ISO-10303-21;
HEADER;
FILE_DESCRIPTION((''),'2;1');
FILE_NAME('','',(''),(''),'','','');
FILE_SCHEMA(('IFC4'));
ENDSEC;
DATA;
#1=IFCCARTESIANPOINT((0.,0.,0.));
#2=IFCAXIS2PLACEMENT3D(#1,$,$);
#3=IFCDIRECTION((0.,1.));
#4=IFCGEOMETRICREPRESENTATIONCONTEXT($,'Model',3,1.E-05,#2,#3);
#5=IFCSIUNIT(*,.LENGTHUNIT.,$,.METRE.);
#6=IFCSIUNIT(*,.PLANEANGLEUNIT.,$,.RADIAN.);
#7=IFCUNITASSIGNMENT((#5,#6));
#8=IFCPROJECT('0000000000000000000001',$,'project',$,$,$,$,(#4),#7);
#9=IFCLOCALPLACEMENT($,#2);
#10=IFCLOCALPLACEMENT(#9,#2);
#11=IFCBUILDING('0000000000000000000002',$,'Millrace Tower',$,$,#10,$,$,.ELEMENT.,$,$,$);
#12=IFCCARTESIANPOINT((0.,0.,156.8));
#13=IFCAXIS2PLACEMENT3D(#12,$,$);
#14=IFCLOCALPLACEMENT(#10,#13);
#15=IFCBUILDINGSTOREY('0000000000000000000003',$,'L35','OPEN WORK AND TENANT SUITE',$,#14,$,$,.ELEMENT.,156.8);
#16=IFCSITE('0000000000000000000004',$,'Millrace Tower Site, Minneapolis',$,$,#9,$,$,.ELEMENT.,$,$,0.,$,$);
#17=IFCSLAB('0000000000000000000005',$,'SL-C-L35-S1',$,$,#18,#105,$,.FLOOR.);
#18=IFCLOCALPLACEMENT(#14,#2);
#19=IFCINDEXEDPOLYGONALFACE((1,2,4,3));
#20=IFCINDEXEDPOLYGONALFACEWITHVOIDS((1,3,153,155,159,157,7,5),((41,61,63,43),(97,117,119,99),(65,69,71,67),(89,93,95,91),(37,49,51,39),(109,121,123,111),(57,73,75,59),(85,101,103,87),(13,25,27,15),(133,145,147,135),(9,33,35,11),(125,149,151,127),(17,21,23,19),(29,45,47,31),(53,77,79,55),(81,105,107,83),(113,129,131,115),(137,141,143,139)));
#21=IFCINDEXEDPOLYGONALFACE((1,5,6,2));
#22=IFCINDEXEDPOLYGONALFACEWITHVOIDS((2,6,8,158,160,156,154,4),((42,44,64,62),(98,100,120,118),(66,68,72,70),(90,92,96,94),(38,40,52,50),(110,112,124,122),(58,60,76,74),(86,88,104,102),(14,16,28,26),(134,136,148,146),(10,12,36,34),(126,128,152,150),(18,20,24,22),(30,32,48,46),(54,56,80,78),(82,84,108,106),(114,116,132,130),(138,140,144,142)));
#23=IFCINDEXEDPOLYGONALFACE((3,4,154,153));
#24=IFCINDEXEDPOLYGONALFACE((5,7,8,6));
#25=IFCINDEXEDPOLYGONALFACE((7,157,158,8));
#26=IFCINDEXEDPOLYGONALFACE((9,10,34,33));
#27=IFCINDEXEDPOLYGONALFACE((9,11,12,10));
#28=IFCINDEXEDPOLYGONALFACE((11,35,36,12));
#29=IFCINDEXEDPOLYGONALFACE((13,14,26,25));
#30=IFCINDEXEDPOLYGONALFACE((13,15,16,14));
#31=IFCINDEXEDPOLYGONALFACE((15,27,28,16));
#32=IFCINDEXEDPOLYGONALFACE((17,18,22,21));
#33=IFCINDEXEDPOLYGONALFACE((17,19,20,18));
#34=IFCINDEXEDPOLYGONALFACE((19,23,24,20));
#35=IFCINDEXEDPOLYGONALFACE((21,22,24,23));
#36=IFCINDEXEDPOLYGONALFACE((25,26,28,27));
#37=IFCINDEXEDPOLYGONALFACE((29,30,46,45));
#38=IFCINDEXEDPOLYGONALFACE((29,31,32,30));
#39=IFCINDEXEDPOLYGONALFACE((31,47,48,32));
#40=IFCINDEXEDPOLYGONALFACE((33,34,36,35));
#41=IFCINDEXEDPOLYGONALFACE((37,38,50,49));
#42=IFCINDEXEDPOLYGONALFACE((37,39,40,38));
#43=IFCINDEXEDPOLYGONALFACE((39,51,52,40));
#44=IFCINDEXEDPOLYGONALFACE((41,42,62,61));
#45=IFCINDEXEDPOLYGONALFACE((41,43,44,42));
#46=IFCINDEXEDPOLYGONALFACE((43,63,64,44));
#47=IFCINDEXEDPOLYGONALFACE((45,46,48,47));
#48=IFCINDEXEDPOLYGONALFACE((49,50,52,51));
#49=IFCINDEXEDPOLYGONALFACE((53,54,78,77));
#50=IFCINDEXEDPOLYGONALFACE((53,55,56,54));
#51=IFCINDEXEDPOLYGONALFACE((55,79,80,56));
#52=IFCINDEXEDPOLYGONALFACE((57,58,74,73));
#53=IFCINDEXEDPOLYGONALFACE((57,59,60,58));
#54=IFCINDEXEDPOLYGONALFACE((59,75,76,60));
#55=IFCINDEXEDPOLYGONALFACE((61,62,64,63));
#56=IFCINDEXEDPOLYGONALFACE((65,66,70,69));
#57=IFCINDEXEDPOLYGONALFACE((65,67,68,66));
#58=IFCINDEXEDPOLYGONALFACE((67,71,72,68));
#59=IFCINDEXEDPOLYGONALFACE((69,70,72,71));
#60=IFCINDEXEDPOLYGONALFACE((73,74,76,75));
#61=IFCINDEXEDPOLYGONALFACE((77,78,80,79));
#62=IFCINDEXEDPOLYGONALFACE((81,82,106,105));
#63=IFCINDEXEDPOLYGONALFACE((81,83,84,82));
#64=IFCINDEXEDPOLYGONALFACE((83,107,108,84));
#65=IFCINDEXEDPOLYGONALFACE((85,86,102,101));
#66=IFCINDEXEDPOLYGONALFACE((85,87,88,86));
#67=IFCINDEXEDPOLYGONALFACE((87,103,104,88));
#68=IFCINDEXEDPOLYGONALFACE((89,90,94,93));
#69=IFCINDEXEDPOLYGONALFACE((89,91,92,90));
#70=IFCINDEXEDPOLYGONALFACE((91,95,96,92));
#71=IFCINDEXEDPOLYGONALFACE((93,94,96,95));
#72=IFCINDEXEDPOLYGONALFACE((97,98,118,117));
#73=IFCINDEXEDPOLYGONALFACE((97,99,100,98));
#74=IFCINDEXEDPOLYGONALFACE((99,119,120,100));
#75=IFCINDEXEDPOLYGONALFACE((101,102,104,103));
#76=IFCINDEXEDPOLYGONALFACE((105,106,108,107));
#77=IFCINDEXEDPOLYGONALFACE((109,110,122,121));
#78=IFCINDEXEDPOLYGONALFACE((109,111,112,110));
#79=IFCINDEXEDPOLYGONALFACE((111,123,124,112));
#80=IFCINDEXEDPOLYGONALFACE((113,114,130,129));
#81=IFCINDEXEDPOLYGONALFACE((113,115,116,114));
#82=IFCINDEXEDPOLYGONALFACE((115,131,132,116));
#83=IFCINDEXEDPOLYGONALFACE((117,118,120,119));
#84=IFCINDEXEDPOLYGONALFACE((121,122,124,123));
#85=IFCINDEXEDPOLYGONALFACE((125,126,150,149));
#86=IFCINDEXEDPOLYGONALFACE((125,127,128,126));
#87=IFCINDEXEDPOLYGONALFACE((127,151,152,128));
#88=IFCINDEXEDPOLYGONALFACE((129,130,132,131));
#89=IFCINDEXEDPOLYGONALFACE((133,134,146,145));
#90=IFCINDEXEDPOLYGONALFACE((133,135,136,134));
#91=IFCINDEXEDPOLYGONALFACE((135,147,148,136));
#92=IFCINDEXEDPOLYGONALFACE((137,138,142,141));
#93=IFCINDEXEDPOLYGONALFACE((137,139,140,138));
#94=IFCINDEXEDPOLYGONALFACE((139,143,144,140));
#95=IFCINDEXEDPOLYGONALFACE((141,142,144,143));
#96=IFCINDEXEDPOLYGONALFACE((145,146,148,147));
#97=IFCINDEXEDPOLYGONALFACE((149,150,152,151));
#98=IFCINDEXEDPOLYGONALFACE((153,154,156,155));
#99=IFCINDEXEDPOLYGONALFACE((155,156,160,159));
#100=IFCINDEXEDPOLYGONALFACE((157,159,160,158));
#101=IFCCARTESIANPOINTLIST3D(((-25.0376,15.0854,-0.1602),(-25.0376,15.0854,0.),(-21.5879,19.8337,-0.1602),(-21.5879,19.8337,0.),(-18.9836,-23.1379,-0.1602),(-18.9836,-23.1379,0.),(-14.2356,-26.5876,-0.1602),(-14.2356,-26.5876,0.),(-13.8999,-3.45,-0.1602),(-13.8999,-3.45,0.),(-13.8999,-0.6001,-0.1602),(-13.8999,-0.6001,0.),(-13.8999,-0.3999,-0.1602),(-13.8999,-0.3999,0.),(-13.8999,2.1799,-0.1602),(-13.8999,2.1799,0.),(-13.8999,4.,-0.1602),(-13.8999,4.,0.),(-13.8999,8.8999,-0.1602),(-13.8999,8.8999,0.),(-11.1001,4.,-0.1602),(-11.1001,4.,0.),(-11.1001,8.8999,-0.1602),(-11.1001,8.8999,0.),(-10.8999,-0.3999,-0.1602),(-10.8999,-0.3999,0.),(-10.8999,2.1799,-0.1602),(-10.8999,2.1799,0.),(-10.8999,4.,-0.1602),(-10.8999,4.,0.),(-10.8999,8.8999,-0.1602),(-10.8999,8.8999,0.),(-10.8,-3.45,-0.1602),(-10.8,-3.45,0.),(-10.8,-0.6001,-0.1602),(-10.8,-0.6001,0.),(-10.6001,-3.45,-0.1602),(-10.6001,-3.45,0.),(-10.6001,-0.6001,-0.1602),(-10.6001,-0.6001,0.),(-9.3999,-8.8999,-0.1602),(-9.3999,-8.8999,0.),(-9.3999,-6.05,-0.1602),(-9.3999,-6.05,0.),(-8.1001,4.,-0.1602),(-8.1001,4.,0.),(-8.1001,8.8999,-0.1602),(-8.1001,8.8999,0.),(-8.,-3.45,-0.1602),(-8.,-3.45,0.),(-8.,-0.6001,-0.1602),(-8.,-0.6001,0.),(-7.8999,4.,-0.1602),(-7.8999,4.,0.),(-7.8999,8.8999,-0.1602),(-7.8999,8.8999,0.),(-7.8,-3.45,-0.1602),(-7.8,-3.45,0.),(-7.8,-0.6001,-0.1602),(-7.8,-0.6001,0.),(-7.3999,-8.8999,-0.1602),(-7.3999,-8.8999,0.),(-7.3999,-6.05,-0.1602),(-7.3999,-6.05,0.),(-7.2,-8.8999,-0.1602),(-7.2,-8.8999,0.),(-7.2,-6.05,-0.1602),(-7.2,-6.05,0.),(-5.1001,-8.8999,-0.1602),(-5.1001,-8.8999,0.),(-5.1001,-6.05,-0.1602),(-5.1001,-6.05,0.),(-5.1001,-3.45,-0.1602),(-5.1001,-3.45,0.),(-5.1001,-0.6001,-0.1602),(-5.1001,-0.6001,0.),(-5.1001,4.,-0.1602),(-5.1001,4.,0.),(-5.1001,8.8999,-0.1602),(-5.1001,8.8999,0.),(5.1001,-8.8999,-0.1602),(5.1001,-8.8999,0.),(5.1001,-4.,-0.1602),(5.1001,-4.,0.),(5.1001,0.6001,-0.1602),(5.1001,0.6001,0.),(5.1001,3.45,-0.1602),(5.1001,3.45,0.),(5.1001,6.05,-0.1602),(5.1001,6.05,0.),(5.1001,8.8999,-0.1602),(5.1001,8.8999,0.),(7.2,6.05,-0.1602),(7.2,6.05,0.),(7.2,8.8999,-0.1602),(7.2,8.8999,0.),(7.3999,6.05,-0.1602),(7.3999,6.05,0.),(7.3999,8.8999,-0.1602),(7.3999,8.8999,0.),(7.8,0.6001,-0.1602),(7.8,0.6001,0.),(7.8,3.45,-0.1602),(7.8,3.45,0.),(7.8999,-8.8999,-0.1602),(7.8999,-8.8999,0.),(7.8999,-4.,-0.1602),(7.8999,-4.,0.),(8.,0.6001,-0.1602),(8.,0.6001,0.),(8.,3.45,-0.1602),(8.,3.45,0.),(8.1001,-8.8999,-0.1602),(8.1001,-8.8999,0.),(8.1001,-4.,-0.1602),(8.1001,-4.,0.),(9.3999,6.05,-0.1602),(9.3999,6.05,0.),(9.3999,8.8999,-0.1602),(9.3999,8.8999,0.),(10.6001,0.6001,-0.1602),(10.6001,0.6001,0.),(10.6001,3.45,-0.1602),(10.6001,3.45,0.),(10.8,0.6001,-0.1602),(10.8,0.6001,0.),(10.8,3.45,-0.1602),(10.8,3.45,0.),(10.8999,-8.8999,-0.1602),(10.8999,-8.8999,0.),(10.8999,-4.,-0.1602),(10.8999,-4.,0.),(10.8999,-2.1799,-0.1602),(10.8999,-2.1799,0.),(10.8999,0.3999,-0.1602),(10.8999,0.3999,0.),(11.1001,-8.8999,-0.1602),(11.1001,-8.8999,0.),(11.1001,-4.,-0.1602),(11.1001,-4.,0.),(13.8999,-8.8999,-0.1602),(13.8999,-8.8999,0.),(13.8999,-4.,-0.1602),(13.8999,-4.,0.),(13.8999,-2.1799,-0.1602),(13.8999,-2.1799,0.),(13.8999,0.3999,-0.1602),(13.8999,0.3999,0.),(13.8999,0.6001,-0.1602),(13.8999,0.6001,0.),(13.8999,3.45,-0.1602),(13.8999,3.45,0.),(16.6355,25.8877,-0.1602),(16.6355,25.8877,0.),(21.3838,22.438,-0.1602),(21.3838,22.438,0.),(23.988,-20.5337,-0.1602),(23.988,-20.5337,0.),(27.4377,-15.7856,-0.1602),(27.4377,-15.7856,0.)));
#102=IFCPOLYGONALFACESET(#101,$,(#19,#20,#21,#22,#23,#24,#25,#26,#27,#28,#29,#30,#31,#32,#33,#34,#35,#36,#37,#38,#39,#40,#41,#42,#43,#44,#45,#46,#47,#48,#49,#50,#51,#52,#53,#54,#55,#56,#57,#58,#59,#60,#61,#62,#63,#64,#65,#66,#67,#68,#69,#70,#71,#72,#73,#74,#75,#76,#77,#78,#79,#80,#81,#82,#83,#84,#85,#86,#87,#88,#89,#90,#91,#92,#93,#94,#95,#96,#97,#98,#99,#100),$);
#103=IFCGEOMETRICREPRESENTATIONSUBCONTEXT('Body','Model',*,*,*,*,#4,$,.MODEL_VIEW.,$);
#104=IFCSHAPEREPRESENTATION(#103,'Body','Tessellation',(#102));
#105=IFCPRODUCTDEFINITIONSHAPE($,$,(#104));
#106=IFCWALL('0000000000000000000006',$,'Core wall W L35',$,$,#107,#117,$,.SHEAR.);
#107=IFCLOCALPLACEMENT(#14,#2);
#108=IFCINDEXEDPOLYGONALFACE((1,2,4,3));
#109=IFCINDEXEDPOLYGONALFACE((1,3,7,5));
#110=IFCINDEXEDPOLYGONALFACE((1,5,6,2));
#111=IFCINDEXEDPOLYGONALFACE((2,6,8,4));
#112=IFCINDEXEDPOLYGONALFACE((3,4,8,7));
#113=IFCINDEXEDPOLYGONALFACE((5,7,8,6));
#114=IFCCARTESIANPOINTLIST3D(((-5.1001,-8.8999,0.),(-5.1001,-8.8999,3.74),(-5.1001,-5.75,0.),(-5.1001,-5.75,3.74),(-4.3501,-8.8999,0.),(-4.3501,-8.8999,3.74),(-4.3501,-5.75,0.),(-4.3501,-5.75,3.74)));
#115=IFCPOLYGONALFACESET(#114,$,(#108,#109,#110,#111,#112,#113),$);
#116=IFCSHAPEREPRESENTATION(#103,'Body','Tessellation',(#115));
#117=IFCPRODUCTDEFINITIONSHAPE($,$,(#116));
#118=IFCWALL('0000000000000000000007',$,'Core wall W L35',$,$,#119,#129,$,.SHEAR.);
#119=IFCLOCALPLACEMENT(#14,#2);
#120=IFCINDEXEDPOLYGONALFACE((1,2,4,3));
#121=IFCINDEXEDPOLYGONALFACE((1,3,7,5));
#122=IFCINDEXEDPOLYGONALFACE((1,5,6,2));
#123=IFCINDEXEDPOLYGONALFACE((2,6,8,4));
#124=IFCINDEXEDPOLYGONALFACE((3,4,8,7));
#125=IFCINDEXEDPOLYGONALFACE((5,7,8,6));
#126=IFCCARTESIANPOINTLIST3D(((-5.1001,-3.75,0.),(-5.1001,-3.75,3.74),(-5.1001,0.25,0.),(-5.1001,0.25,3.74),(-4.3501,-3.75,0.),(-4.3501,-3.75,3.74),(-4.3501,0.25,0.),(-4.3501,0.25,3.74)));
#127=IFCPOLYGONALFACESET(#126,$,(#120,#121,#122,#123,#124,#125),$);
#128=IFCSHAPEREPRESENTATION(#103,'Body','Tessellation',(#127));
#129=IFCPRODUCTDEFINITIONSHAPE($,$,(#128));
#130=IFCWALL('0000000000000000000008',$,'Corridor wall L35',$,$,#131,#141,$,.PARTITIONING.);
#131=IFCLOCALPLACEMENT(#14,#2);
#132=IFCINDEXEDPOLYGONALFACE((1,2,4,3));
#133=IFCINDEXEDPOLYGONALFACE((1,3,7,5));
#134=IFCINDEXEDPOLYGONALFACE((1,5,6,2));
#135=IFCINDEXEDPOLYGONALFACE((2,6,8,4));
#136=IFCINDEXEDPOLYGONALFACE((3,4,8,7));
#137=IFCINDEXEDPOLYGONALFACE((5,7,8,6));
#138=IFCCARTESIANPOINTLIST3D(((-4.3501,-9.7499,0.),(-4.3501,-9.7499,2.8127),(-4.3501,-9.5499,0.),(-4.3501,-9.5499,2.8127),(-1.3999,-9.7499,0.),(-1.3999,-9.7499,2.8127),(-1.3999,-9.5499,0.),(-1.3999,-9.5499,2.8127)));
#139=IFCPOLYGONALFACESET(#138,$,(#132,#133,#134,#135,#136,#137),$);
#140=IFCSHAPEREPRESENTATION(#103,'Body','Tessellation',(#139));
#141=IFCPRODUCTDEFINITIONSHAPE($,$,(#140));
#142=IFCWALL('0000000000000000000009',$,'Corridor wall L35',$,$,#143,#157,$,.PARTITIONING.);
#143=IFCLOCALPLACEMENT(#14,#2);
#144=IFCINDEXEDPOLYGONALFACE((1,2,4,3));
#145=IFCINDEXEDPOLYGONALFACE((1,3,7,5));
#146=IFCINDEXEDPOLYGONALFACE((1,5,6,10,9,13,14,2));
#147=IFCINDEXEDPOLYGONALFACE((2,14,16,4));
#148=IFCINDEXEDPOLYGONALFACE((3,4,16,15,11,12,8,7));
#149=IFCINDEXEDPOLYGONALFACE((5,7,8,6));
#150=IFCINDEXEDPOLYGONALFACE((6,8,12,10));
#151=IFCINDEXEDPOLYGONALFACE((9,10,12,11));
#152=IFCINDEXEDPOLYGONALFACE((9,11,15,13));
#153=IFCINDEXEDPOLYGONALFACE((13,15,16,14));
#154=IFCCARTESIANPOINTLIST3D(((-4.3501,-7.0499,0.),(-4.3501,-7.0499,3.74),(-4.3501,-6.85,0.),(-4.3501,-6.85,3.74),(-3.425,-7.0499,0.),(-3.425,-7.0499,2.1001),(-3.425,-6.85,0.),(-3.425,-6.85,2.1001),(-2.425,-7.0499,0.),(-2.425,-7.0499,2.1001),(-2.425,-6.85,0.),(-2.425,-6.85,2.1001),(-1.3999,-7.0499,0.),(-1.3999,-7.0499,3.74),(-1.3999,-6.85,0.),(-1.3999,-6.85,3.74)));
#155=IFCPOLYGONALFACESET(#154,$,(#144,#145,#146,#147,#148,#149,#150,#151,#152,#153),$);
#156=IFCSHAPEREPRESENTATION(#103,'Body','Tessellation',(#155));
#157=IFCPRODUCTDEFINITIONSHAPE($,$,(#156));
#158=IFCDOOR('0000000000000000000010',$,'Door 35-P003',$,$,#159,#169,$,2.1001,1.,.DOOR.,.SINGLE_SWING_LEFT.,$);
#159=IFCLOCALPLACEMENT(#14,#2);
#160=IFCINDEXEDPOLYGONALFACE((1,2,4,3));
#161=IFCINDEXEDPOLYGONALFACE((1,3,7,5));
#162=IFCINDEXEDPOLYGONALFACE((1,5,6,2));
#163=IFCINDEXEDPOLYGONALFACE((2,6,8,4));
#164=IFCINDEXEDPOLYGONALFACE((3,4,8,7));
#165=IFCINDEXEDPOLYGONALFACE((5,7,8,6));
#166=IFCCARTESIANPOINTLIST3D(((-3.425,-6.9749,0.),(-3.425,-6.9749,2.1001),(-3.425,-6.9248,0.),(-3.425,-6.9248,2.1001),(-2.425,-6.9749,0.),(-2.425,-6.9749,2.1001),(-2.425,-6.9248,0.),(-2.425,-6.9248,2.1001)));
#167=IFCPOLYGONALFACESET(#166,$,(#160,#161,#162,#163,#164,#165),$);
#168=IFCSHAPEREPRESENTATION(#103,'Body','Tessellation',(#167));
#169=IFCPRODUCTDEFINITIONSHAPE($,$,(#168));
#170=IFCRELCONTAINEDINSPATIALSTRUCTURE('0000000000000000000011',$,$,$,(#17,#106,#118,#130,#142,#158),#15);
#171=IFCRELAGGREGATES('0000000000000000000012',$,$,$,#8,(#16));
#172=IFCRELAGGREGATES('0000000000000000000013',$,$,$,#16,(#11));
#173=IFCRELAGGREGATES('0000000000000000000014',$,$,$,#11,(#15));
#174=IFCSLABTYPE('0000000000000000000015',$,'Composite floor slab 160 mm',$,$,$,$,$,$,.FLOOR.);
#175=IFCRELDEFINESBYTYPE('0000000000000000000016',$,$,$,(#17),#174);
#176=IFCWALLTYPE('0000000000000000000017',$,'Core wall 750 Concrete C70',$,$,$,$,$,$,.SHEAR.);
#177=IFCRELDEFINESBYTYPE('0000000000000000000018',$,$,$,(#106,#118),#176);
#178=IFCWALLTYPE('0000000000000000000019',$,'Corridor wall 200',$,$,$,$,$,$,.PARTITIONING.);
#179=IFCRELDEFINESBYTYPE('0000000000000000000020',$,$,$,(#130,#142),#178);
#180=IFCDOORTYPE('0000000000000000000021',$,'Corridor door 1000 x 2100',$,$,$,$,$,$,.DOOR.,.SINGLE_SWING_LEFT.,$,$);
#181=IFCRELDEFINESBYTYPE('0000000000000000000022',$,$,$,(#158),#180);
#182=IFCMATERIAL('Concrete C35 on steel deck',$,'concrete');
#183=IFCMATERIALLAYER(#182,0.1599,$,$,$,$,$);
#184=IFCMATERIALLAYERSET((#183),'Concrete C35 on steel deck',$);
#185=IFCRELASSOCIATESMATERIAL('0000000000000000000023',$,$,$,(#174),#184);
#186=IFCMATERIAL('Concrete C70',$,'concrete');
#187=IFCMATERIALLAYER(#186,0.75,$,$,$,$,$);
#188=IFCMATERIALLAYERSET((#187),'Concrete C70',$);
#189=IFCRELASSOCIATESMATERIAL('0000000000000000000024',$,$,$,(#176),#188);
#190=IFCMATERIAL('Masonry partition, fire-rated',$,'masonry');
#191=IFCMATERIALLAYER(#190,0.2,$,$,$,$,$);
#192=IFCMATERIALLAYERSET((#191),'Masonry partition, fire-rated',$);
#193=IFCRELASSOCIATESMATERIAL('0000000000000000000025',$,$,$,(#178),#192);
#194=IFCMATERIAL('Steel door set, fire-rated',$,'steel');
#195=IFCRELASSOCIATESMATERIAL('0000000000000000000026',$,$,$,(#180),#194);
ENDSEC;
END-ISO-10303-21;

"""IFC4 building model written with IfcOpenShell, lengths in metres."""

from ifc_helpers import new_model, si_unit, direction, frame, frame_2d, origin, place, context, subcontext, project, spatial, polyline, rectangle, outline, extrude, material, layer, layer_set, type_object, element, fill, save


model = new_model("IFC4")

# Units and contexts
model_context = context("Model", 3, precision=1e-05, world=origin(), true_north=direction((0.0, 1.0)))
body_context = subcontext(model_context, "Body", "Model", "MODEL_VIEW")
ifc_project = project(units=[si_unit("LENGTHUNIT", "METRE"), si_unit("PLANEANGLEUNIT", "RADIAN")], contexts=[model_context])

# Site, building, storey
site_placement = place(None, origin())
site = spatial("IfcSite", under=ifc_project, at=site_placement, Name="Millrace Tower Site, Minneapolis", CompositionType="ELEMENT", RefElevation=0.0)
building_placement = place(site_placement, origin())
building = spatial("IfcBuilding", under=site, at=building_placement, Name="Millrace Tower", CompositionType="ELEMENT")
storey_placement = place(building_placement, frame((0.0, 0.0, 156.8)))
storey = spatial("IfcBuildingStorey", under=building, at=storey_placement, Name="L35", Description="OPEN WORK AND TENANT SUITE", CompositionType="ELEMENT", Elevation=156.8)

# Slab
ifc_material_1 = material(Name="Concrete C35 on steel deck", Category="concrete")
ifc_layer_1 = layer(ifc_material_1, 0.1599)
ifc_layer_set_1 = layer_set([ifc_layer_1], Name="Concrete C35 on steel deck")
slab_type = type_object("IfcSlabType", Name="Composite floor slab 160 mm", PredefinedType="FLOOR", material=ifc_layer_set_1)
slab_placement = place(storey_placement, frame((0.0, 0.0, -0.1602)))
element("IfcSlab", 1, at=slab_placement, inside=storey, type_object=slab_type, Name="SL-C-L35-S1", PredefinedType="FLOOR", context=body_context, shape_type="SweptSolid", body=[
    extrude(outline(polyline([(-18.9836, -23.1379), (-14.2356, -26.5876), (23.988, -20.5337), (27.4377, -15.7856), (21.3838, 22.438), (16.6355, 25.8877), (-21.5879, 19.8337), (-25.0376, 15.0854), (-18.9836, -23.1379)]), holes=[polyline([(-9.3999, -8.8999), (-7.3999, -8.8999), (-7.3999, -6.05), (-9.3999, -6.05), (-9.3999, -8.8999)]), polyline([(-7.2, -8.8999), (-5.1001, -8.8999), (-5.1001, -6.05), (-7.2, -6.05), (-7.2, -8.8999)]), polyline([(-13.8999, -3.45), (-10.8, -3.45), (-10.8, -0.6001), (-13.8999, -0.6001), (-13.8999, -3.45)]), polyline([(-10.6001, -3.45), (-8.0, -3.45), (-8.0, -0.6001), (-10.6001, -0.6001), (-10.6001, -3.45)]), polyline([(-7.8, -3.45), (-5.1001, -3.45), (-5.1001, -0.6001), (-7.8, -0.6001), (-7.8, -3.45)]), polyline([(-13.8999, -0.3999), (-10.8999, -0.3999), (-10.8999, 2.1799), (-13.8999, 2.1799), (-13.8999, -0.3999)]), polyline([(-13.8999, 4.0), (-11.1001, 4.0), (-11.1001, 8.8999), (-13.8999, 8.8999), (-13.8999, 4.0)]), polyline([(-10.8999, 4.0), (-8.1001, 4.0), (-8.1001, 8.8999), (-10.8999, 8.8999), (-10.8999, 4.0)]), polyline([(-7.8999, 4.0), (-5.1001, 4.0), (-5.1001, 8.8999), (-7.8999, 8.8999), (-7.8999, 4.0)]), polyline([(7.3999, 6.05), (9.3999, 6.05), (9.3999, 8.8999), (7.3999, 8.8999), (7.3999, 6.05)]), polyline([(5.1001, 6.05), (7.2, 6.05), (7.2, 8.8999), (5.1001, 8.8999), (5.1001, 6.05)]), polyline([(10.8, 0.6001), (13.8999, 0.6001), (13.8999, 3.45), (10.8, 3.45), (10.8, 0.6001)]), polyline([(8.0, 0.6001), (10.6001, 0.6001), (10.6001, 3.45), (8.0, 3.45), (8.0, 0.6001)]), polyline([(5.1001, 0.6001), (7.8, 0.6001), (7.8, 3.45), (5.1001, 3.45), (5.1001, 0.6001)]), polyline([(10.8999, -2.1799), (13.8999, -2.1799), (13.8999, 0.3999), (10.8999, 0.3999), (10.8999, -2.1799)]), polyline([(11.1001, -8.8999), (13.8999, -8.8999), (13.8999, -4.0), (11.1001, -4.0), (11.1001, -8.8999)]), polyline([(8.1001, -8.8999), (10.8999, -8.8999), (10.8999, -4.0), (8.1001, -4.0), (8.1001, -8.8999)]), polyline([(5.1001, -8.8999), (7.8999, -8.8999), (7.8999, -4.0), (5.1001, -4.0), (5.1001, -8.8999)])]), origin(), (0.0, 0.0, 1.0), 0.1602),
])

# Walls
ifc_material_2 = material(Name="Concrete C70", Category="concrete")
ifc_layer_2 = layer(ifc_material_2, 0.75)
ifc_layer_set_2 = layer_set([ifc_layer_2], Name="Concrete C70")
wall_type_1 = type_object("IfcWallType", Name="Core wall 750 Concrete C70", PredefinedType="SHEAR", material=ifc_layer_set_2)
wall_1_placement = place(storey_placement, frame((-4.7251, -8.8999, 0.0), z_axis=(0.0, 0.0, 1.0), x_axis=(0.0, 1.0, 0.0)))
element("IfcWall", 2, at=wall_1_placement, inside=storey, type_object=wall_type_1, Name="Core wall W L35", PredefinedType="SHEAR", context=body_context, shape_type="SweptSolid", body=[
    extrude(rectangle(XDim=3.1499, YDim=0.75, at=frame_2d((1.575, 0.0))), origin(), (0.0, 0.0, 1.0), 3.74),
])
wall_2_placement = place(storey_placement, frame((-4.7251, -3.75, 0.0), z_axis=(0.0, 0.0, 1.0), x_axis=(0.0, 1.0, 0.0)))
element("IfcWall", 3, at=wall_2_placement, inside=storey, type_object=wall_type_1, Name="Core wall W L35", PredefinedType="SHEAR", context=body_context, shape_type="SweptSolid", body=[
    extrude(rectangle(XDim=4.0, YDim=0.75, at=frame_2d((2.0, 0.0))), origin(), (0.0, 0.0, 1.0), 3.74),
])
ifc_material_3 = material(Name="Masonry partition, fire-rated", Category="masonry")
ifc_layer_3 = layer(ifc_material_3, 0.2)
ifc_layer_set_3 = layer_set([ifc_layer_3], Name="Masonry partition, fire-rated")
wall_type_2 = type_object("IfcWallType", Name="Corridor wall 200", PredefinedType="PARTITIONING", material=ifc_layer_set_3)
wall_3_placement = place(storey_placement, frame((-4.3501, -9.6499, 0.0), z_axis=(0.0, 0.0, 1.0), x_axis=(1.0, 0.0, 0.0)))
element("IfcWall", 4, at=wall_3_placement, inside=storey, type_object=wall_type_2, Name="Corridor wall L35", PredefinedType="PARTITIONING", context=body_context, shape_type="SweptSolid", body=[
    extrude(rectangle(XDim=2.9502, YDim=0.2, at=frame_2d((1.4751, 0.0))), origin(), (0.0, 0.0, 1.0), 2.8127),
])

# Wall, opening, door
wall_4_placement = place(storey_placement, frame((-4.3501, -6.95, 0.0), z_axis=(0.0, 0.0, 1.0), x_axis=(1.0, 0.0, 0.0)))
wall_4 = element("IfcWall", 5, at=wall_4_placement, inside=storey, type_object=wall_type_2, Name="Corridor wall L35", PredefinedType="PARTITIONING", context=body_context, shape_type="SweptSolid", body=[
    extrude(rectangle(XDim=2.9502, YDim=0.2, at=frame_2d((1.4751, 0.0))), origin(), (0.0, 0.0, 1.0), 3.74),
])
opening_1_placement = place(wall_4_placement, frame((0.925, 0.0, 0.0)))
opening_1 = element("IfcOpeningElement", 6, at=opening_1_placement, cuts=wall_4, PredefinedType="OPENING", context=body_context, shape_type="SweptSolid", body=[
    extrude(rectangle(XDim=1.0, YDim=2.1001, at=frame_2d((0.5, 1.05))), frame((0.0, 0.1099, 0.0), z_axis=(0.0, -1.0, 0.0), x_axis=(1.0, 0.0, 0.0)), (0.0, 0.0, 1.0), 0.22),
])
ifc_material_4 = material(Name="Steel door set, fire-rated", Category="steel")
door_type_1 = type_object("IfcDoorType", Name="Corridor door 1000 x 2100", OperationType="SINGLE_SWING_LEFT", PredefinedType="DOOR", material=ifc_material_4)
door_1_placement = place(opening_1_placement, frame((1.0, 0.0, 0.0), z_axis=(0.0, 0.0, 1.0), x_axis=(-1.0, 0.0, 0.0)))
door_1 = element("IfcDoor", 7, at=door_1_placement, inside=storey, type_object=door_type_1, Name="Door 35-P003", OperationType="SINGLE_SWING_LEFT", OverallHeight=2.1001, OverallWidth=1.0, PredefinedType="DOOR", context=body_context, shape_type="SweptSolid", body=[
    extrude(rectangle(XDim=1.0, YDim=2.1001, at=frame_2d((0.5, 1.05))), frame((0.0, 0.0249, 0.0), z_axis=(0.0, -1.0, 0.0), x_axis=(1.0, 0.0, 0.0)), (0.0, 0.0, 1.0), 0.05),
])
fill(opening_1, door_1)

save(model, "model.ifc")
